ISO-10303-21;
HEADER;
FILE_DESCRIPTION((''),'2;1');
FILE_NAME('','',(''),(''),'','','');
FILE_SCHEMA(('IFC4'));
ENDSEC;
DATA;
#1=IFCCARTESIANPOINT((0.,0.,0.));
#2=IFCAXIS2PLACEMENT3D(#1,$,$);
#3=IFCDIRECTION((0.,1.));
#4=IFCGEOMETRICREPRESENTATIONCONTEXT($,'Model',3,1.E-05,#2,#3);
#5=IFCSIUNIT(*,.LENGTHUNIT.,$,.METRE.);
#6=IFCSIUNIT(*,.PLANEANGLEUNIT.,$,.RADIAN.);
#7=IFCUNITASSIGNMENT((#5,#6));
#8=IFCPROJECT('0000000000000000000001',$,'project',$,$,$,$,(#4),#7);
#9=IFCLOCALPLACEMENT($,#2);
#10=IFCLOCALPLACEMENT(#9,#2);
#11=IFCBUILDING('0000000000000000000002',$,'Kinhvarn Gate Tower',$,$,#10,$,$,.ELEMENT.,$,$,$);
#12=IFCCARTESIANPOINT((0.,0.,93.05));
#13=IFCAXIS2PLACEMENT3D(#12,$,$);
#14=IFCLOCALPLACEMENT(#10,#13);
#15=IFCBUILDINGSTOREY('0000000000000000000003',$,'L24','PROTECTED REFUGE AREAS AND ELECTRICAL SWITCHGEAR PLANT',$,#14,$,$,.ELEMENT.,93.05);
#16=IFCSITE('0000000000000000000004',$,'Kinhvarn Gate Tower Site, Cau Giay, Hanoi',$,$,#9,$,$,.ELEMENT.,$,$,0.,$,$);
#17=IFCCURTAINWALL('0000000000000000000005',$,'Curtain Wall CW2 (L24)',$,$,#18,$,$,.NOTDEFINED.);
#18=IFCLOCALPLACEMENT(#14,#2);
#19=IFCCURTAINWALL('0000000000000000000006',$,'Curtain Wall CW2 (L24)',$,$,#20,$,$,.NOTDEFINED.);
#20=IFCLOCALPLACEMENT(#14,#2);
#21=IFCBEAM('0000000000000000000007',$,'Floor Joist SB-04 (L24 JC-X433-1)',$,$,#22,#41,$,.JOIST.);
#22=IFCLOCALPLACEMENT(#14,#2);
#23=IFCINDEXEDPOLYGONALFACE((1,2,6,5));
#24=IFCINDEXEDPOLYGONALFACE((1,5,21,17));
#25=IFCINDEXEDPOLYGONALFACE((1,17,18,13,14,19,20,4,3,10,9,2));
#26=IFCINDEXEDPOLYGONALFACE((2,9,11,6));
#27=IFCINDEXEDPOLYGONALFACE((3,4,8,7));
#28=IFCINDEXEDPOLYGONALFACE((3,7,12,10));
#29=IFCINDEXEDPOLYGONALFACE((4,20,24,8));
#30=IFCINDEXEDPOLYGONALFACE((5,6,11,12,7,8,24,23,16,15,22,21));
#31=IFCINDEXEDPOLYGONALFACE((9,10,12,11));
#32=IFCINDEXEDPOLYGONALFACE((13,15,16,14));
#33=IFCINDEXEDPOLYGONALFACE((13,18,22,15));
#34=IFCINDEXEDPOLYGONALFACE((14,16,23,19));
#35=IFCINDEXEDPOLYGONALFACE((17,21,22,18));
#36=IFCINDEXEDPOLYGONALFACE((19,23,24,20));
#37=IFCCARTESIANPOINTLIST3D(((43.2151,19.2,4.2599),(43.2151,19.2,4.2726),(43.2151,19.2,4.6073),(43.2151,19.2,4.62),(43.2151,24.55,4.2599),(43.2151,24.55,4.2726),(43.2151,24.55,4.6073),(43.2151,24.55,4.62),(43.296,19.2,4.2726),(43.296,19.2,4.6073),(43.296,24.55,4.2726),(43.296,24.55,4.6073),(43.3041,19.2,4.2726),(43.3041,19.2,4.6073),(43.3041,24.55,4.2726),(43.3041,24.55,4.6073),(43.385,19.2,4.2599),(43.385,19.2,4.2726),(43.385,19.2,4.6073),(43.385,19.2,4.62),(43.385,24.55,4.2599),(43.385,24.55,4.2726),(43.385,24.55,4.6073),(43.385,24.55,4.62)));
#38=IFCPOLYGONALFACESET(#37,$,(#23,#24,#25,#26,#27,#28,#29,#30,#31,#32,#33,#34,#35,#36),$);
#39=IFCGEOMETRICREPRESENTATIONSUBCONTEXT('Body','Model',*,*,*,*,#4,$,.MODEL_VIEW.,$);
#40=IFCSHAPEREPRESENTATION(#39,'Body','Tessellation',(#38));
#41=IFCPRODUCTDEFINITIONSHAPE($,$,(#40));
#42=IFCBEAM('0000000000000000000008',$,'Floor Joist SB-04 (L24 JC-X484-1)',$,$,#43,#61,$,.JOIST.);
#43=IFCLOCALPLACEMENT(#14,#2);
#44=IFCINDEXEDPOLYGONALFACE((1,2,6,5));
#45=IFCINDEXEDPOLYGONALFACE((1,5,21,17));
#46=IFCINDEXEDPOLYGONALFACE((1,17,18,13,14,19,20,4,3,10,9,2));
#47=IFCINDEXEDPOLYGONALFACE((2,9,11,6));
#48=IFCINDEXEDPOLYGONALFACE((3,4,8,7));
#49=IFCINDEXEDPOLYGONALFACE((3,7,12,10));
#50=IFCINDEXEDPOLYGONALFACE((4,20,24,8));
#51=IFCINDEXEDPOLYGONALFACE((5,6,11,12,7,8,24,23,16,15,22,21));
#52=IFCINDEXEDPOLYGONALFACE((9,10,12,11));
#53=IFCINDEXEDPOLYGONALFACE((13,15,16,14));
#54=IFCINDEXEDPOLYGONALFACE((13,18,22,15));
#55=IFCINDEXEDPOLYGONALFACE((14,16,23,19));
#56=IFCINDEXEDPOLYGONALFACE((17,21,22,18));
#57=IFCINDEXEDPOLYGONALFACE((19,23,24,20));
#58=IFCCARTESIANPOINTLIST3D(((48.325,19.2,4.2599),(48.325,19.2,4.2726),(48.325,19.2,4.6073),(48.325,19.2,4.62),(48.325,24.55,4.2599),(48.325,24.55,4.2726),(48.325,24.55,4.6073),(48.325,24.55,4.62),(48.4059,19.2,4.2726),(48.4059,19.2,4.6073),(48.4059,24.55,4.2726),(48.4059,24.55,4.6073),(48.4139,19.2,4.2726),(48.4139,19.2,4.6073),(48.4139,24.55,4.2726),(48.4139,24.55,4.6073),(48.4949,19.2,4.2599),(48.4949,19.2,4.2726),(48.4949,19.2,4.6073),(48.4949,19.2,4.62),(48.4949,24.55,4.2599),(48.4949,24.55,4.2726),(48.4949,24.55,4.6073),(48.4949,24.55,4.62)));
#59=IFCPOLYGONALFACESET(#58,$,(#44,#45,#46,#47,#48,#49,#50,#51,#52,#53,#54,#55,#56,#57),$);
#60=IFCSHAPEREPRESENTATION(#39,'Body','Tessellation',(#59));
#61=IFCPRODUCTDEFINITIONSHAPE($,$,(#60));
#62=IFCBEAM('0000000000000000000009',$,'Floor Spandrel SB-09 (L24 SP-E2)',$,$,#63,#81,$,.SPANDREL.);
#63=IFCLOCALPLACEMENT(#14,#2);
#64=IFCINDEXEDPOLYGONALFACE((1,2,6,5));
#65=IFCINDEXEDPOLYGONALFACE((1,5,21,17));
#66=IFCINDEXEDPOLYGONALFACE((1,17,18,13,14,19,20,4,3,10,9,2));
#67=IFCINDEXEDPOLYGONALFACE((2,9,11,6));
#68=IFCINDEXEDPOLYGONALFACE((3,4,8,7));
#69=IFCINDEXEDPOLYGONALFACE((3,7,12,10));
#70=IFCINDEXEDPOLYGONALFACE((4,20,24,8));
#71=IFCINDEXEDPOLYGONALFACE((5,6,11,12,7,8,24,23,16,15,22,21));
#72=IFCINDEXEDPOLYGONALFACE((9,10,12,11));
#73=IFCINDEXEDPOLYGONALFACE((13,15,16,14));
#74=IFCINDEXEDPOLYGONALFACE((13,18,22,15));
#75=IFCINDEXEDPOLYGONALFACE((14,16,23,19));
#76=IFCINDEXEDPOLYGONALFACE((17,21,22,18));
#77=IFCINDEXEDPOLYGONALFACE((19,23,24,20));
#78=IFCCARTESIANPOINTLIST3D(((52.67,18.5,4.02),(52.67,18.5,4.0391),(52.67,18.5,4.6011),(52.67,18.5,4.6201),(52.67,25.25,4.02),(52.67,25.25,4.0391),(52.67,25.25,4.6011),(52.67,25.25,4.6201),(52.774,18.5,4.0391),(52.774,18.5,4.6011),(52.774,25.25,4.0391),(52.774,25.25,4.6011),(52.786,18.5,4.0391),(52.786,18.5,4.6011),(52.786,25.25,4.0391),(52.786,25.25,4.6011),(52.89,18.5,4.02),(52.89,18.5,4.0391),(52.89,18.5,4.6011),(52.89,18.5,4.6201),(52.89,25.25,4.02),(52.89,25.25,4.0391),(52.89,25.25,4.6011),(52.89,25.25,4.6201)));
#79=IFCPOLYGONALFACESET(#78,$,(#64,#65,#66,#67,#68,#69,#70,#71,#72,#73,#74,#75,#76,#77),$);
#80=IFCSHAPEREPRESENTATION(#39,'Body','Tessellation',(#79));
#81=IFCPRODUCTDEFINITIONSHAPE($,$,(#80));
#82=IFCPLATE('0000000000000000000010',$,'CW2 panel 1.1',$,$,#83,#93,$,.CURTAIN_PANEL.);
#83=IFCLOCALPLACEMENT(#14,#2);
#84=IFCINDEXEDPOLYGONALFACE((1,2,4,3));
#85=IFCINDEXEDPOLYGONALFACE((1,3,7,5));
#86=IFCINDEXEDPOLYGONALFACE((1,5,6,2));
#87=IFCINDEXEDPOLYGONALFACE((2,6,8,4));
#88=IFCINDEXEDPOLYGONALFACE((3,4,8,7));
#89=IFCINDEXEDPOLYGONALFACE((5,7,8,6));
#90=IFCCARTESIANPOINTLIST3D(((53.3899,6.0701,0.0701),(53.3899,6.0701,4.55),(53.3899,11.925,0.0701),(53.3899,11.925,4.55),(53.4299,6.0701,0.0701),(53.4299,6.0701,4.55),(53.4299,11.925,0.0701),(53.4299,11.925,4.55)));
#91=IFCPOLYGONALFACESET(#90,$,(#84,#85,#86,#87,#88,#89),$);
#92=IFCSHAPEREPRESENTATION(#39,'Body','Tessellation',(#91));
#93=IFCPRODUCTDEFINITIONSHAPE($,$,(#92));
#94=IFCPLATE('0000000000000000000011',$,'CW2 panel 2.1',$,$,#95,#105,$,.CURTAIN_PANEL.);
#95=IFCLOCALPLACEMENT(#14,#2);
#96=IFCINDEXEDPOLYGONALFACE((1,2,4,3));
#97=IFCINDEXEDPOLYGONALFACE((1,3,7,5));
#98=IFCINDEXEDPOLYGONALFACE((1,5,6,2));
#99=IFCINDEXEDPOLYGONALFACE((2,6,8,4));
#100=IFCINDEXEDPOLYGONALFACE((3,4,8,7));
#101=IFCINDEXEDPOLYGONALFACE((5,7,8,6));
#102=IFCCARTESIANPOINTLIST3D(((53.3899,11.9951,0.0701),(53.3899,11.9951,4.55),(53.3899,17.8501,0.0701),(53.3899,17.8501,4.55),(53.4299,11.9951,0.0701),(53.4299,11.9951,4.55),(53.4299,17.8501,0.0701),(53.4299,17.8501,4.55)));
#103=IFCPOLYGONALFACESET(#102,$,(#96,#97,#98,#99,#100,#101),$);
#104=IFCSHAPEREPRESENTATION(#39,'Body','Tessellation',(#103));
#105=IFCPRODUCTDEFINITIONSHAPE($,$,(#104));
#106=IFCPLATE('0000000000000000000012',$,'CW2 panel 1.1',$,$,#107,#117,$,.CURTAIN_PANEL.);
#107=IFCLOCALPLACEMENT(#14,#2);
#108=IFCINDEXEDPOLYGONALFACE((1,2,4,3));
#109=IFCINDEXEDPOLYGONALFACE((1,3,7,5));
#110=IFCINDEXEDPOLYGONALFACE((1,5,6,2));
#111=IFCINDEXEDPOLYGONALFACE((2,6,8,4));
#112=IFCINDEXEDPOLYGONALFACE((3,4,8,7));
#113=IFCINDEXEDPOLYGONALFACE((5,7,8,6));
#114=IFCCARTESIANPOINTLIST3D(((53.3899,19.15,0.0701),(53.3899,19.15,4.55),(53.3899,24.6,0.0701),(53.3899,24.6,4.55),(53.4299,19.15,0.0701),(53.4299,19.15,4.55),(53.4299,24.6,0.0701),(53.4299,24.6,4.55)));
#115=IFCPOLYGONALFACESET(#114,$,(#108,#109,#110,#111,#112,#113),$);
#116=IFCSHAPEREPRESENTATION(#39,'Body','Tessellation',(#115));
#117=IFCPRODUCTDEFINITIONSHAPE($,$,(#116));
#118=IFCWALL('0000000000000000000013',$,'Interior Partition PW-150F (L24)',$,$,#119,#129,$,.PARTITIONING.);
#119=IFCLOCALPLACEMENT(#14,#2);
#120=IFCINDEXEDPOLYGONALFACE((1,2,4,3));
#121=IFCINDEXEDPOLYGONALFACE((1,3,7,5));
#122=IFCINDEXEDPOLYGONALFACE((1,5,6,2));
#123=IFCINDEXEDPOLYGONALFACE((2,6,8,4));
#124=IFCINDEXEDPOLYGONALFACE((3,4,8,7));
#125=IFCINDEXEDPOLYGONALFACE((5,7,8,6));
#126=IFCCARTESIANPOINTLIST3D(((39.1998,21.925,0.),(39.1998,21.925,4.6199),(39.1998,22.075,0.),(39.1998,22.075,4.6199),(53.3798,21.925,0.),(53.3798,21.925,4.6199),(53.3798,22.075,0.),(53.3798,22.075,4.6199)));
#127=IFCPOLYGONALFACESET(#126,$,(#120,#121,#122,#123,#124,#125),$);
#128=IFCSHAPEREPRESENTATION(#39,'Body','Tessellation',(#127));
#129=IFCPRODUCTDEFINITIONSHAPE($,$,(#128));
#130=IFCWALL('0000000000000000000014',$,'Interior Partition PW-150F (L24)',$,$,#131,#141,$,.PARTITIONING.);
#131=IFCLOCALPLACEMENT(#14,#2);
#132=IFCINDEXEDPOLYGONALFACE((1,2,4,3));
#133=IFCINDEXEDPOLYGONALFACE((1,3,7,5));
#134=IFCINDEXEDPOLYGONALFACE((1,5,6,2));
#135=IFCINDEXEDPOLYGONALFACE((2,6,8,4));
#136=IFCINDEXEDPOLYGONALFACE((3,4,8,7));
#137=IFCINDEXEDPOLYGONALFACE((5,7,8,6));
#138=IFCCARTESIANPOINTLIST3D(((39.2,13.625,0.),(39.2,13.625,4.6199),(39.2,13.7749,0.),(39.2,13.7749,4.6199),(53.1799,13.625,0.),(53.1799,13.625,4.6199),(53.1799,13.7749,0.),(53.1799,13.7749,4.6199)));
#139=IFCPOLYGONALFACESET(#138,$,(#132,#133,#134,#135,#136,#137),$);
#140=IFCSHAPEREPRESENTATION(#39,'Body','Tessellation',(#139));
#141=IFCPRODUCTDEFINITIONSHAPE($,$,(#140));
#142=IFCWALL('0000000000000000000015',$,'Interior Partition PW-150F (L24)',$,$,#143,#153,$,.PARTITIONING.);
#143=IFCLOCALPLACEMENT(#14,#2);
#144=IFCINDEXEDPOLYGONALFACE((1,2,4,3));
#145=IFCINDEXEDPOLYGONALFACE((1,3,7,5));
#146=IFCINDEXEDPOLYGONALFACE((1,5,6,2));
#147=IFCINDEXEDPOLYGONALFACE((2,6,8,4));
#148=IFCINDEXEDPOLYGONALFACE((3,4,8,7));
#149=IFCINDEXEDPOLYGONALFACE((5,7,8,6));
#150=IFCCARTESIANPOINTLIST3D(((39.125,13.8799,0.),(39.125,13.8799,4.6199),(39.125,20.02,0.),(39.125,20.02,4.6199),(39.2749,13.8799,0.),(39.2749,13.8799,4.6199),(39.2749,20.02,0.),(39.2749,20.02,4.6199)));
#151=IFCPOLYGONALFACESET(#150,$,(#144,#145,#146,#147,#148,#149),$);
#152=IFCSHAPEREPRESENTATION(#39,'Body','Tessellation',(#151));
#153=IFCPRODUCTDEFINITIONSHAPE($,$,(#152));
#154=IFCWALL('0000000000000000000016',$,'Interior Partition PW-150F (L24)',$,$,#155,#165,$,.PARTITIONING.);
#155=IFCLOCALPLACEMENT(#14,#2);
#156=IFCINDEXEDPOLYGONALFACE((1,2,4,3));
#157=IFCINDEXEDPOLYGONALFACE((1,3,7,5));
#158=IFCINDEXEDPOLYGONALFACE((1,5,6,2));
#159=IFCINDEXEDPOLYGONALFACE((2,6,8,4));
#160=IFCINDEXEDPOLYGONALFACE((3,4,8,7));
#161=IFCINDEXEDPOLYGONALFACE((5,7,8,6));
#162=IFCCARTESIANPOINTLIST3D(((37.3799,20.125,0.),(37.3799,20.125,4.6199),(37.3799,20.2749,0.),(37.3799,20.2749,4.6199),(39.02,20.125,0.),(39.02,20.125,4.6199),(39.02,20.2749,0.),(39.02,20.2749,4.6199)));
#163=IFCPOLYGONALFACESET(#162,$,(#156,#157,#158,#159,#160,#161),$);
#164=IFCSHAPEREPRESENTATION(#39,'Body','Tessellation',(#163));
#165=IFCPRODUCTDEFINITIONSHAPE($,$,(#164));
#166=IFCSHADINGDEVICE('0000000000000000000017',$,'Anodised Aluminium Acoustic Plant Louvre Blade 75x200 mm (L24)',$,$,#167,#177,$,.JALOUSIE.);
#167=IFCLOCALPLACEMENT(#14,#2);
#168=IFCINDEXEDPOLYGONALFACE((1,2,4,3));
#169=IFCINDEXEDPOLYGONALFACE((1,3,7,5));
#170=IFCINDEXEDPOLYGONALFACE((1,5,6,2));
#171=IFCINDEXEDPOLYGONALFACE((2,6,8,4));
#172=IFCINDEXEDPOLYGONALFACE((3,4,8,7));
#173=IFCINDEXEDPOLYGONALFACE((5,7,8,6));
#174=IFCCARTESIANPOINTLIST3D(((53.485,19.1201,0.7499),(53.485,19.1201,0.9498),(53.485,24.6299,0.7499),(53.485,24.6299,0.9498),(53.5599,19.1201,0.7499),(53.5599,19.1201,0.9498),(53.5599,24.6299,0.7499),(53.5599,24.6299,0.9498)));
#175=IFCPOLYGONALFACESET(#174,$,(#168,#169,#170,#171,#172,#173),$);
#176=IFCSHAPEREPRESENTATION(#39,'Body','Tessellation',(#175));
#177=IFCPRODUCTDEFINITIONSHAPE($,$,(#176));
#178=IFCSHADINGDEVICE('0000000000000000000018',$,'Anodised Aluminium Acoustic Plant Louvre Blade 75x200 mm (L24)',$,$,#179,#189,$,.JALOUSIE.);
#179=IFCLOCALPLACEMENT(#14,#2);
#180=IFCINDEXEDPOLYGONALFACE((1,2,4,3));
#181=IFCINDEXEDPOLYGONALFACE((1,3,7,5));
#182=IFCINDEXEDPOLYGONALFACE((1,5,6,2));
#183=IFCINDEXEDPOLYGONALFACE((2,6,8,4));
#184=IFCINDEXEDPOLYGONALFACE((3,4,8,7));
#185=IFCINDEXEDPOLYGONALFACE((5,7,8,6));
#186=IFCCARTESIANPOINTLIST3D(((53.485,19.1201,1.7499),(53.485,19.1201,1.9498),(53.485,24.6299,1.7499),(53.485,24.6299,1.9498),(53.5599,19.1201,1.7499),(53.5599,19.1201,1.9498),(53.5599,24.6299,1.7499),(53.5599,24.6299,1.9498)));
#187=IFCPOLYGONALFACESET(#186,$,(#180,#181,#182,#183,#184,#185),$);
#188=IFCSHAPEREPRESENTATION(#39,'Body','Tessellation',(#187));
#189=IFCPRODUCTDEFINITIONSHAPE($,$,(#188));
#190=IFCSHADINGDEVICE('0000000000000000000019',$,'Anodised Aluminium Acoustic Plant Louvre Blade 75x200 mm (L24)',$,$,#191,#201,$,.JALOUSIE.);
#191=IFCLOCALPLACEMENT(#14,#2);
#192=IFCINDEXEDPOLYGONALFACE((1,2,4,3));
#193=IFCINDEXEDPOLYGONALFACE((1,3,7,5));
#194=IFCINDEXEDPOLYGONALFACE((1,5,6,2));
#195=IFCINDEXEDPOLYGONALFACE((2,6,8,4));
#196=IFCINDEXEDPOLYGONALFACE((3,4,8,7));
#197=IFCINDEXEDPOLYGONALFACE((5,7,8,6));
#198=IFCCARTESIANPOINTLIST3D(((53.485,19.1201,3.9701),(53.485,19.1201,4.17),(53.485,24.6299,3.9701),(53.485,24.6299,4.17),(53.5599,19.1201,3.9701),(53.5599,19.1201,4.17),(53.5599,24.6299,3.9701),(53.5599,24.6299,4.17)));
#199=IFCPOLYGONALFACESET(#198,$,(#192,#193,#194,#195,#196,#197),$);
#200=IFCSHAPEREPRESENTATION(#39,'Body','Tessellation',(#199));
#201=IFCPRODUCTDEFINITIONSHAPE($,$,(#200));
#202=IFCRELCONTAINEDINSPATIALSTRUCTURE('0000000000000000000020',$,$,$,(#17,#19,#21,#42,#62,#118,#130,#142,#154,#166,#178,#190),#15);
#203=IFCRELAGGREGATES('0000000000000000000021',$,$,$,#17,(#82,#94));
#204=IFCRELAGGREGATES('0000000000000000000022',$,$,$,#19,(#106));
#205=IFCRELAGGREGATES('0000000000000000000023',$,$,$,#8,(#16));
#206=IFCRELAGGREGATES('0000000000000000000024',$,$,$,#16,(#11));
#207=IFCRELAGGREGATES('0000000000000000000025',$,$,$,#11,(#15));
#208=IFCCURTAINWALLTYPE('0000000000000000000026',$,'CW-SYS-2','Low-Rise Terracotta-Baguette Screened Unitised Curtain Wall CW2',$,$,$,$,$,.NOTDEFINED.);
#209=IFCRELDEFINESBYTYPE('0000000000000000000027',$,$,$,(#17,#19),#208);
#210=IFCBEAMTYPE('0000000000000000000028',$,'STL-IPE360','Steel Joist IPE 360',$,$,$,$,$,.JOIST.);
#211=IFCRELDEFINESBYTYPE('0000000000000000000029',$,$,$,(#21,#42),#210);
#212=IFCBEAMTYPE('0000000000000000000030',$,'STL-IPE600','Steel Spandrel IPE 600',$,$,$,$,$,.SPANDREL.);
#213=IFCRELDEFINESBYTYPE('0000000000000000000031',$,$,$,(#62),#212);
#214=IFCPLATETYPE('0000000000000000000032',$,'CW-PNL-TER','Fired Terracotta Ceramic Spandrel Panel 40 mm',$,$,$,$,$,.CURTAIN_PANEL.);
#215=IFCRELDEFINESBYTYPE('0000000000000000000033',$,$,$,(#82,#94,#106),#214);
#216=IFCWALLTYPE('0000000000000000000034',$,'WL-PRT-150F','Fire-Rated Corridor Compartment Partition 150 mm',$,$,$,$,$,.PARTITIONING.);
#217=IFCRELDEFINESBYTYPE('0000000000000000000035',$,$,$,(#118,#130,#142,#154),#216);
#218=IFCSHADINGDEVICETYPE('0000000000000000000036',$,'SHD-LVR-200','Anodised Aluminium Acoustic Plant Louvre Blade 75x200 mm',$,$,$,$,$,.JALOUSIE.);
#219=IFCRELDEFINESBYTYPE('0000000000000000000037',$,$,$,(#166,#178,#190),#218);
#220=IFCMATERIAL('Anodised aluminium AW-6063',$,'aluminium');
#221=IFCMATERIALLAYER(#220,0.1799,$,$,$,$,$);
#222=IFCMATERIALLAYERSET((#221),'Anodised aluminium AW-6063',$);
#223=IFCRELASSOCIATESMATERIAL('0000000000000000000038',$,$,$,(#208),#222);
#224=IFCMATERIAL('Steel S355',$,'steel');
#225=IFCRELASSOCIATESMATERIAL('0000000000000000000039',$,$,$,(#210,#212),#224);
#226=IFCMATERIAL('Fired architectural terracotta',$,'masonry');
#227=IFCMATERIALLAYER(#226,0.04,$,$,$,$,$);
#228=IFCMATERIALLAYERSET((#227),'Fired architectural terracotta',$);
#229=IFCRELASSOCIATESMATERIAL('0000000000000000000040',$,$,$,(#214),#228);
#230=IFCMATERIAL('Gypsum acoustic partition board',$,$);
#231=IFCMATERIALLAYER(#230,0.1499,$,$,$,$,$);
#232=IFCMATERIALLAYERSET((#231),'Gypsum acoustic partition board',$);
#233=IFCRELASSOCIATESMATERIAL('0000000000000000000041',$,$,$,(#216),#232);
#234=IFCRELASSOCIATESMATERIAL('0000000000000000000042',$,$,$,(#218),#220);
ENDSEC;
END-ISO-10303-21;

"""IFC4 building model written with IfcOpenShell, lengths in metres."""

from ifc_helpers import new_model, si_unit, direction, frame, frame_2d, origin, origin_2d, place, context, subcontext, project, spatial, rectangle, i_section, extrude, material, layer, layer_set, material_profile, profile_set, type_object, element, aggregate, save


model = new_model("IFC4")

# Units and contexts
model_context = context("Model", 3, precision=1e-05, world=origin(), true_north=direction((0.0, 1.0)))
body_context = subcontext(model_context, "Body", "Model", "MODEL_VIEW")
ifc_project = project(units=[si_unit("LENGTHUNIT", "METRE"), si_unit("PLANEANGLEUNIT", "RADIAN")], contexts=[model_context])

# Site, building, storey
site_placement = place(None, origin())
site = spatial("IfcSite", under=ifc_project, at=site_placement, Name="Kinhvarn Gate Tower Site, Cau Giay, Hanoi", CompositionType="ELEMENT", RefElevation=0.0)
building_placement = place(site_placement, origin())
building = spatial("IfcBuilding", under=site, at=building_placement, Name="Kinhvarn Gate Tower", CompositionType="ELEMENT")
storey_placement = place(building_placement, frame((0.0, 0.0, 93.05)))
storey = spatial("IfcBuildingStorey", under=building, at=storey_placement, Name="L24", Description="PROTECTED REFUGE AREAS AND ELECTRICAL SWITCHGEAR PLANT", CompositionType="ELEMENT", Elevation=93.05)

# Curtain wall
ifc_material_1 = material(Name="Anodised aluminium AW-6063", Category="aluminium")
ifc_layer_1 = layer(ifc_material_1, 0.1799)
ifc_layer_set_1 = layer_set([ifc_layer_1], Name="Anodised aluminium AW-6063")
curtain_wall_type = type_object("IfcCurtainWallType", Name="CW-SYS-2", Description="Low-Rise Terracotta-Baguette Screened Unitised Curtain Wall CW2", PredefinedType="NOTDEFINED", material=ifc_layer_set_1)
curtain_wall_1_placement = place(storey_placement, origin())
curtain_wall_1 = element("IfcCurtainWall", 1, at=curtain_wall_1_placement, inside=storey, type_object=curtain_wall_type, Name="Curtain Wall CW2 (L24)", PredefinedType="NOTDEFINED")

# Curtain wall
curtain_wall_2_placement = place(storey_placement, origin())
curtain_wall_2 = element("IfcCurtainWall", 2, at=curtain_wall_2_placement, inside=storey, type_object=curtain_wall_type, Name="Curtain Wall CW2 (L24)", PredefinedType="NOTDEFINED")

# Beams
ifc_material_2 = material(Name="Steel S355", Category="steel")
ifc_material_profile_1 = material_profile(ifc_material_2, i_section(OverallWidth=0.1699, OverallDepth=0.3601, WebThickness=0.0081, FlangeThickness=0.0127, at=origin_2d()), Name="IPE 360")
ifc_profile_set_1 = profile_set([ifc_material_profile_1], Name="Steel S355")
beam_type_1 = type_object("IfcBeamType", Name="STL-IPE360", Description="Steel Joist IPE 360", PredefinedType="JOIST", material=ifc_profile_set_1)
for number, where, z_axis, x_axis, name in (
    (3, (43.3, 19.2, 4.4399), (0.0, 1.0, 0.0), (-1.0, 0.0, 0.0), "Floor Joist SB-04 (L24 JC-X433-1)"),
    (4, (48.4099, 19.2, 4.4399), (0.0, 1.0, 0.0), (-1.0, 0.0, 0.0), "Floor Joist SB-04 (L24 JC-X484-1)"),
):
    element("IfcBeam", number, at=place(storey_placement, frame(where, z_axis=z_axis, x_axis=x_axis)), inside=storey, type_object=beam_type_1, Name=name, PredefinedType="JOIST", context=body_context, shape_type="SweptSolid", body=[
        extrude(i_section(OverallWidth=0.1699, OverallDepth=0.3601, WebThickness=0.0081, FlangeThickness=0.0127, at=origin_2d()), origin(), (0.0, 0.0, 1.0), 5.3501),
    ])
ifc_material_profile_2 = material_profile(ifc_material_2, i_section(OverallWidth=0.22, OverallDepth=0.6001, WebThickness=0.012, FlangeThickness=0.019, at=origin_2d()), Name="IPE 600")
ifc_profile_set_2 = profile_set([ifc_material_profile_2], Name="Steel S355")
beam_type_2 = type_object("IfcBeamType", Name="STL-IPE600", Description="Steel Spandrel IPE 600", PredefinedType="SPANDREL", material=ifc_profile_set_2)
beam_1_placement = place(storey_placement, frame((52.78, 18.5, 4.3201), z_axis=(0.0, 1.0, 0.0), x_axis=(-1.0, 0.0, 0.0)))
element("IfcBeam", 5, at=beam_1_placement, inside=storey, type_object=beam_type_2, Name="Floor Spandrel SB-09 (L24 SP-E2)", PredefinedType="SPANDREL", context=body_context, shape_type="SweptSolid", body=[
    extrude(i_section(OverallWidth=0.22, OverallDepth=0.6001, WebThickness=0.012, FlangeThickness=0.019, at=origin_2d()), origin(), (0.0, 0.0, 1.0), 6.75),
])

# Plates
ifc_material_3 = material(Name="Fired architectural terracotta", Category="masonry")
ifc_layer_2 = layer(ifc_material_3, 0.04)
ifc_layer_set_2 = layer_set([ifc_layer_2], Name="Fired architectural terracotta")
plate_type = type_object("IfcPlateType", Name="CW-PNL-TER", Description="Fired Terracotta Ceramic Spandrel Panel 40 mm", PredefinedType="CURTAIN_PANEL", material=ifc_layer_set_2)
plate_1_placement = place(storey_placement, frame((53.4099, 8.9976, 0.0701), z_axis=(0.0, 0.0, 1.0), x_axis=(0.0, 1.0, 0.0)))
plate_1 = element("IfcPlate", 6, at=plate_1_placement, type_object=plate_type, Name="CW2 panel 1.1", PredefinedType="CURTAIN_PANEL", context=body_context, shape_type="SweptSolid", body=[
    extrude(rectangle(XDim=5.855, YDim=0.04, at=origin_2d()), origin(), (0.0, 0.0, 1.0), 4.48),
])
plate_2_placement = place(storey_placement, frame((53.4099, 14.9226, 0.0701), z_axis=(0.0, 0.0, 1.0), x_axis=(0.0, 1.0, 0.0)))
plate_2 = element("IfcPlate", 7, at=plate_2_placement, type_object=plate_type, Name="CW2 panel 2.1", PredefinedType="CURTAIN_PANEL", context=body_context, shape_type="SweptSolid", body=[
    extrude(rectangle(XDim=5.855, YDim=0.04, at=origin_2d()), origin(), (0.0, 0.0, 1.0), 4.48),
])
aggregate(curtain_wall_1, [plate_1, plate_2])
plate_3_placement = place(storey_placement, frame((53.4099, 21.875, 0.0701), z_axis=(0.0, 0.0, 1.0), x_axis=(0.0, 1.0, 0.0)))
plate_3 = element("IfcPlate", 8, at=plate_3_placement, type_object=plate_type, Name="CW2 panel 1.1", PredefinedType="CURTAIN_PANEL", context=body_context, shape_type="SweptSolid", body=[
    extrude(rectangle(XDim=5.45, YDim=0.04, at=origin_2d()), origin(), (0.0, 0.0, 1.0), 4.48),
])
aggregate(curtain_wall_2, [plate_3])

# Shared definitions
ifc_material_4 = material(Name="Gypsum acoustic partition board")
ifc_layer_3 = layer(ifc_material_4, 0.1499)
ifc_layer_set_3 = layer_set([ifc_layer_3], Name="Gypsum acoustic partition board")
wall_type = type_object("IfcWallType", Name="WL-PRT-150F", Description="Fire-Rated Corridor Compartment Partition 150 mm", PredefinedType="PARTITIONING", material=ifc_layer_set_3)

# Walls
wall_1_placement = place(storey_placement, frame((39.2, 22.0, 0.0), z_axis=(0.0, 0.0, 1.0), x_axis=(1.0, 0.0, 0.0)))
element("IfcWall", 9, at=wall_1_placement, inside=storey, type_object=wall_type, Name="Interior Partition PW-150F (L24)", PredefinedType="PARTITIONING", context=body_context, shape_type="SweptSolid", body=[
    extrude(rectangle(XDim=14.1799, YDim=0.1499, at=frame_2d((7.0898, 0.0))), origin(), (0.0, 0.0, 1.0), 4.6199),
])
wall_2_placement = place(storey_placement, frame((53.1799, 13.7, 0.0), z_axis=(0.0, 0.0, 1.0), x_axis=(-1.0, 0.0, 0.0)))
element("IfcWall", 10, at=wall_2_placement, inside=storey, type_object=wall_type, Name="Interior Partition PW-150F (L24)", PredefinedType="PARTITIONING", context=body_context, shape_type="SweptSolid", body=[
    extrude(rectangle(XDim=13.98, YDim=0.1499, at=frame_2d((6.99, 0.0))), origin(), (0.0, 0.0, 1.0), 4.6199),
])
wall_3_placement = place(storey_placement, frame((39.2, 13.8799, 0.0), z_axis=(0.0, 0.0, 1.0), x_axis=(0.0, 1.0, 0.0)))
element("IfcWall", 11, at=wall_3_placement, inside=storey, type_object=wall_type, Name="Interior Partition PW-150F (L24)", PredefinedType="PARTITIONING", context=body_context, shape_type="SweptSolid", body=[
    extrude(rectangle(XDim=6.1401, YDim=0.1499, at=frame_2d((3.0701, 0.0))), origin(), (0.0, 0.0, 1.0), 4.6199),
])
wall_4_placement = place(storey_placement, frame((39.02, 20.2, 0.0), z_axis=(0.0, 0.0, 1.0), x_axis=(-1.0, 0.0, 0.0)))
element("IfcWall", 12, at=wall_4_placement, inside=storey, type_object=wall_type, Name="Interior Partition PW-150F (L24)", PredefinedType="PARTITIONING", context=body_context, shape_type="SweptSolid", body=[
    extrude(rectangle(XDim=1.6401, YDim=0.1499, at=frame_2d((0.8201, 0.0))), origin(), (0.0, 0.0, 1.0), 4.6199),
])

# Shading devices
ifc_material_profile_3 = material_profile(ifc_material_1, rectangle(XDim=0.075, YDim=0.2, at=origin_2d()), Name="LOUVRE 75x200")
ifc_profile_set_3 = profile_set([ifc_material_profile_3], Name="Anodised aluminium AW-6063")
shading_device_type = type_object("IfcShadingDeviceType", Name="SHD-LVR-200", Description="Anodised Aluminium Acoustic Plant Louvre Blade 75x200 mm", PredefinedType="JALOUSIE", material=ifc_profile_set_3)
for number, where, z_axis, x_axis, name in (
    (13, (53.5225, 19.1201, 0.8499), (0.0, 1.0, 0.0), (-1.0, 0.0, 0.0), "Anodised Aluminium Acoustic Plant Louvre Blade 75x200 mm (L24)"),
    (14, (53.5225, 19.1201, 1.8499), (0.0, 1.0, 0.0), (-1.0, 0.0, 0.0), "Anodised Aluminium Acoustic Plant Louvre Blade 75x200 mm (L24)"),
    (15, (53.5225, 19.1201, 4.0701), (0.0, 1.0, 0.0), (-1.0, 0.0, 0.0), "Anodised Aluminium Acoustic Plant Louvre Blade 75x200 mm (L24)"),
):
    element("IfcShadingDevice", number, at=place(storey_placement, frame(where, z_axis=z_axis, x_axis=x_axis)), inside=storey, type_object=shading_device_type, Name=name, PredefinedType="JALOUSIE", context=body_context, shape_type="SweptSolid", body=[
        extrude(rectangle(XDim=0.075, YDim=0.2, at=origin_2d()), origin(), (0.0, 0.0, 1.0), 5.5098),
    ])

save(model, "model.ifc")
